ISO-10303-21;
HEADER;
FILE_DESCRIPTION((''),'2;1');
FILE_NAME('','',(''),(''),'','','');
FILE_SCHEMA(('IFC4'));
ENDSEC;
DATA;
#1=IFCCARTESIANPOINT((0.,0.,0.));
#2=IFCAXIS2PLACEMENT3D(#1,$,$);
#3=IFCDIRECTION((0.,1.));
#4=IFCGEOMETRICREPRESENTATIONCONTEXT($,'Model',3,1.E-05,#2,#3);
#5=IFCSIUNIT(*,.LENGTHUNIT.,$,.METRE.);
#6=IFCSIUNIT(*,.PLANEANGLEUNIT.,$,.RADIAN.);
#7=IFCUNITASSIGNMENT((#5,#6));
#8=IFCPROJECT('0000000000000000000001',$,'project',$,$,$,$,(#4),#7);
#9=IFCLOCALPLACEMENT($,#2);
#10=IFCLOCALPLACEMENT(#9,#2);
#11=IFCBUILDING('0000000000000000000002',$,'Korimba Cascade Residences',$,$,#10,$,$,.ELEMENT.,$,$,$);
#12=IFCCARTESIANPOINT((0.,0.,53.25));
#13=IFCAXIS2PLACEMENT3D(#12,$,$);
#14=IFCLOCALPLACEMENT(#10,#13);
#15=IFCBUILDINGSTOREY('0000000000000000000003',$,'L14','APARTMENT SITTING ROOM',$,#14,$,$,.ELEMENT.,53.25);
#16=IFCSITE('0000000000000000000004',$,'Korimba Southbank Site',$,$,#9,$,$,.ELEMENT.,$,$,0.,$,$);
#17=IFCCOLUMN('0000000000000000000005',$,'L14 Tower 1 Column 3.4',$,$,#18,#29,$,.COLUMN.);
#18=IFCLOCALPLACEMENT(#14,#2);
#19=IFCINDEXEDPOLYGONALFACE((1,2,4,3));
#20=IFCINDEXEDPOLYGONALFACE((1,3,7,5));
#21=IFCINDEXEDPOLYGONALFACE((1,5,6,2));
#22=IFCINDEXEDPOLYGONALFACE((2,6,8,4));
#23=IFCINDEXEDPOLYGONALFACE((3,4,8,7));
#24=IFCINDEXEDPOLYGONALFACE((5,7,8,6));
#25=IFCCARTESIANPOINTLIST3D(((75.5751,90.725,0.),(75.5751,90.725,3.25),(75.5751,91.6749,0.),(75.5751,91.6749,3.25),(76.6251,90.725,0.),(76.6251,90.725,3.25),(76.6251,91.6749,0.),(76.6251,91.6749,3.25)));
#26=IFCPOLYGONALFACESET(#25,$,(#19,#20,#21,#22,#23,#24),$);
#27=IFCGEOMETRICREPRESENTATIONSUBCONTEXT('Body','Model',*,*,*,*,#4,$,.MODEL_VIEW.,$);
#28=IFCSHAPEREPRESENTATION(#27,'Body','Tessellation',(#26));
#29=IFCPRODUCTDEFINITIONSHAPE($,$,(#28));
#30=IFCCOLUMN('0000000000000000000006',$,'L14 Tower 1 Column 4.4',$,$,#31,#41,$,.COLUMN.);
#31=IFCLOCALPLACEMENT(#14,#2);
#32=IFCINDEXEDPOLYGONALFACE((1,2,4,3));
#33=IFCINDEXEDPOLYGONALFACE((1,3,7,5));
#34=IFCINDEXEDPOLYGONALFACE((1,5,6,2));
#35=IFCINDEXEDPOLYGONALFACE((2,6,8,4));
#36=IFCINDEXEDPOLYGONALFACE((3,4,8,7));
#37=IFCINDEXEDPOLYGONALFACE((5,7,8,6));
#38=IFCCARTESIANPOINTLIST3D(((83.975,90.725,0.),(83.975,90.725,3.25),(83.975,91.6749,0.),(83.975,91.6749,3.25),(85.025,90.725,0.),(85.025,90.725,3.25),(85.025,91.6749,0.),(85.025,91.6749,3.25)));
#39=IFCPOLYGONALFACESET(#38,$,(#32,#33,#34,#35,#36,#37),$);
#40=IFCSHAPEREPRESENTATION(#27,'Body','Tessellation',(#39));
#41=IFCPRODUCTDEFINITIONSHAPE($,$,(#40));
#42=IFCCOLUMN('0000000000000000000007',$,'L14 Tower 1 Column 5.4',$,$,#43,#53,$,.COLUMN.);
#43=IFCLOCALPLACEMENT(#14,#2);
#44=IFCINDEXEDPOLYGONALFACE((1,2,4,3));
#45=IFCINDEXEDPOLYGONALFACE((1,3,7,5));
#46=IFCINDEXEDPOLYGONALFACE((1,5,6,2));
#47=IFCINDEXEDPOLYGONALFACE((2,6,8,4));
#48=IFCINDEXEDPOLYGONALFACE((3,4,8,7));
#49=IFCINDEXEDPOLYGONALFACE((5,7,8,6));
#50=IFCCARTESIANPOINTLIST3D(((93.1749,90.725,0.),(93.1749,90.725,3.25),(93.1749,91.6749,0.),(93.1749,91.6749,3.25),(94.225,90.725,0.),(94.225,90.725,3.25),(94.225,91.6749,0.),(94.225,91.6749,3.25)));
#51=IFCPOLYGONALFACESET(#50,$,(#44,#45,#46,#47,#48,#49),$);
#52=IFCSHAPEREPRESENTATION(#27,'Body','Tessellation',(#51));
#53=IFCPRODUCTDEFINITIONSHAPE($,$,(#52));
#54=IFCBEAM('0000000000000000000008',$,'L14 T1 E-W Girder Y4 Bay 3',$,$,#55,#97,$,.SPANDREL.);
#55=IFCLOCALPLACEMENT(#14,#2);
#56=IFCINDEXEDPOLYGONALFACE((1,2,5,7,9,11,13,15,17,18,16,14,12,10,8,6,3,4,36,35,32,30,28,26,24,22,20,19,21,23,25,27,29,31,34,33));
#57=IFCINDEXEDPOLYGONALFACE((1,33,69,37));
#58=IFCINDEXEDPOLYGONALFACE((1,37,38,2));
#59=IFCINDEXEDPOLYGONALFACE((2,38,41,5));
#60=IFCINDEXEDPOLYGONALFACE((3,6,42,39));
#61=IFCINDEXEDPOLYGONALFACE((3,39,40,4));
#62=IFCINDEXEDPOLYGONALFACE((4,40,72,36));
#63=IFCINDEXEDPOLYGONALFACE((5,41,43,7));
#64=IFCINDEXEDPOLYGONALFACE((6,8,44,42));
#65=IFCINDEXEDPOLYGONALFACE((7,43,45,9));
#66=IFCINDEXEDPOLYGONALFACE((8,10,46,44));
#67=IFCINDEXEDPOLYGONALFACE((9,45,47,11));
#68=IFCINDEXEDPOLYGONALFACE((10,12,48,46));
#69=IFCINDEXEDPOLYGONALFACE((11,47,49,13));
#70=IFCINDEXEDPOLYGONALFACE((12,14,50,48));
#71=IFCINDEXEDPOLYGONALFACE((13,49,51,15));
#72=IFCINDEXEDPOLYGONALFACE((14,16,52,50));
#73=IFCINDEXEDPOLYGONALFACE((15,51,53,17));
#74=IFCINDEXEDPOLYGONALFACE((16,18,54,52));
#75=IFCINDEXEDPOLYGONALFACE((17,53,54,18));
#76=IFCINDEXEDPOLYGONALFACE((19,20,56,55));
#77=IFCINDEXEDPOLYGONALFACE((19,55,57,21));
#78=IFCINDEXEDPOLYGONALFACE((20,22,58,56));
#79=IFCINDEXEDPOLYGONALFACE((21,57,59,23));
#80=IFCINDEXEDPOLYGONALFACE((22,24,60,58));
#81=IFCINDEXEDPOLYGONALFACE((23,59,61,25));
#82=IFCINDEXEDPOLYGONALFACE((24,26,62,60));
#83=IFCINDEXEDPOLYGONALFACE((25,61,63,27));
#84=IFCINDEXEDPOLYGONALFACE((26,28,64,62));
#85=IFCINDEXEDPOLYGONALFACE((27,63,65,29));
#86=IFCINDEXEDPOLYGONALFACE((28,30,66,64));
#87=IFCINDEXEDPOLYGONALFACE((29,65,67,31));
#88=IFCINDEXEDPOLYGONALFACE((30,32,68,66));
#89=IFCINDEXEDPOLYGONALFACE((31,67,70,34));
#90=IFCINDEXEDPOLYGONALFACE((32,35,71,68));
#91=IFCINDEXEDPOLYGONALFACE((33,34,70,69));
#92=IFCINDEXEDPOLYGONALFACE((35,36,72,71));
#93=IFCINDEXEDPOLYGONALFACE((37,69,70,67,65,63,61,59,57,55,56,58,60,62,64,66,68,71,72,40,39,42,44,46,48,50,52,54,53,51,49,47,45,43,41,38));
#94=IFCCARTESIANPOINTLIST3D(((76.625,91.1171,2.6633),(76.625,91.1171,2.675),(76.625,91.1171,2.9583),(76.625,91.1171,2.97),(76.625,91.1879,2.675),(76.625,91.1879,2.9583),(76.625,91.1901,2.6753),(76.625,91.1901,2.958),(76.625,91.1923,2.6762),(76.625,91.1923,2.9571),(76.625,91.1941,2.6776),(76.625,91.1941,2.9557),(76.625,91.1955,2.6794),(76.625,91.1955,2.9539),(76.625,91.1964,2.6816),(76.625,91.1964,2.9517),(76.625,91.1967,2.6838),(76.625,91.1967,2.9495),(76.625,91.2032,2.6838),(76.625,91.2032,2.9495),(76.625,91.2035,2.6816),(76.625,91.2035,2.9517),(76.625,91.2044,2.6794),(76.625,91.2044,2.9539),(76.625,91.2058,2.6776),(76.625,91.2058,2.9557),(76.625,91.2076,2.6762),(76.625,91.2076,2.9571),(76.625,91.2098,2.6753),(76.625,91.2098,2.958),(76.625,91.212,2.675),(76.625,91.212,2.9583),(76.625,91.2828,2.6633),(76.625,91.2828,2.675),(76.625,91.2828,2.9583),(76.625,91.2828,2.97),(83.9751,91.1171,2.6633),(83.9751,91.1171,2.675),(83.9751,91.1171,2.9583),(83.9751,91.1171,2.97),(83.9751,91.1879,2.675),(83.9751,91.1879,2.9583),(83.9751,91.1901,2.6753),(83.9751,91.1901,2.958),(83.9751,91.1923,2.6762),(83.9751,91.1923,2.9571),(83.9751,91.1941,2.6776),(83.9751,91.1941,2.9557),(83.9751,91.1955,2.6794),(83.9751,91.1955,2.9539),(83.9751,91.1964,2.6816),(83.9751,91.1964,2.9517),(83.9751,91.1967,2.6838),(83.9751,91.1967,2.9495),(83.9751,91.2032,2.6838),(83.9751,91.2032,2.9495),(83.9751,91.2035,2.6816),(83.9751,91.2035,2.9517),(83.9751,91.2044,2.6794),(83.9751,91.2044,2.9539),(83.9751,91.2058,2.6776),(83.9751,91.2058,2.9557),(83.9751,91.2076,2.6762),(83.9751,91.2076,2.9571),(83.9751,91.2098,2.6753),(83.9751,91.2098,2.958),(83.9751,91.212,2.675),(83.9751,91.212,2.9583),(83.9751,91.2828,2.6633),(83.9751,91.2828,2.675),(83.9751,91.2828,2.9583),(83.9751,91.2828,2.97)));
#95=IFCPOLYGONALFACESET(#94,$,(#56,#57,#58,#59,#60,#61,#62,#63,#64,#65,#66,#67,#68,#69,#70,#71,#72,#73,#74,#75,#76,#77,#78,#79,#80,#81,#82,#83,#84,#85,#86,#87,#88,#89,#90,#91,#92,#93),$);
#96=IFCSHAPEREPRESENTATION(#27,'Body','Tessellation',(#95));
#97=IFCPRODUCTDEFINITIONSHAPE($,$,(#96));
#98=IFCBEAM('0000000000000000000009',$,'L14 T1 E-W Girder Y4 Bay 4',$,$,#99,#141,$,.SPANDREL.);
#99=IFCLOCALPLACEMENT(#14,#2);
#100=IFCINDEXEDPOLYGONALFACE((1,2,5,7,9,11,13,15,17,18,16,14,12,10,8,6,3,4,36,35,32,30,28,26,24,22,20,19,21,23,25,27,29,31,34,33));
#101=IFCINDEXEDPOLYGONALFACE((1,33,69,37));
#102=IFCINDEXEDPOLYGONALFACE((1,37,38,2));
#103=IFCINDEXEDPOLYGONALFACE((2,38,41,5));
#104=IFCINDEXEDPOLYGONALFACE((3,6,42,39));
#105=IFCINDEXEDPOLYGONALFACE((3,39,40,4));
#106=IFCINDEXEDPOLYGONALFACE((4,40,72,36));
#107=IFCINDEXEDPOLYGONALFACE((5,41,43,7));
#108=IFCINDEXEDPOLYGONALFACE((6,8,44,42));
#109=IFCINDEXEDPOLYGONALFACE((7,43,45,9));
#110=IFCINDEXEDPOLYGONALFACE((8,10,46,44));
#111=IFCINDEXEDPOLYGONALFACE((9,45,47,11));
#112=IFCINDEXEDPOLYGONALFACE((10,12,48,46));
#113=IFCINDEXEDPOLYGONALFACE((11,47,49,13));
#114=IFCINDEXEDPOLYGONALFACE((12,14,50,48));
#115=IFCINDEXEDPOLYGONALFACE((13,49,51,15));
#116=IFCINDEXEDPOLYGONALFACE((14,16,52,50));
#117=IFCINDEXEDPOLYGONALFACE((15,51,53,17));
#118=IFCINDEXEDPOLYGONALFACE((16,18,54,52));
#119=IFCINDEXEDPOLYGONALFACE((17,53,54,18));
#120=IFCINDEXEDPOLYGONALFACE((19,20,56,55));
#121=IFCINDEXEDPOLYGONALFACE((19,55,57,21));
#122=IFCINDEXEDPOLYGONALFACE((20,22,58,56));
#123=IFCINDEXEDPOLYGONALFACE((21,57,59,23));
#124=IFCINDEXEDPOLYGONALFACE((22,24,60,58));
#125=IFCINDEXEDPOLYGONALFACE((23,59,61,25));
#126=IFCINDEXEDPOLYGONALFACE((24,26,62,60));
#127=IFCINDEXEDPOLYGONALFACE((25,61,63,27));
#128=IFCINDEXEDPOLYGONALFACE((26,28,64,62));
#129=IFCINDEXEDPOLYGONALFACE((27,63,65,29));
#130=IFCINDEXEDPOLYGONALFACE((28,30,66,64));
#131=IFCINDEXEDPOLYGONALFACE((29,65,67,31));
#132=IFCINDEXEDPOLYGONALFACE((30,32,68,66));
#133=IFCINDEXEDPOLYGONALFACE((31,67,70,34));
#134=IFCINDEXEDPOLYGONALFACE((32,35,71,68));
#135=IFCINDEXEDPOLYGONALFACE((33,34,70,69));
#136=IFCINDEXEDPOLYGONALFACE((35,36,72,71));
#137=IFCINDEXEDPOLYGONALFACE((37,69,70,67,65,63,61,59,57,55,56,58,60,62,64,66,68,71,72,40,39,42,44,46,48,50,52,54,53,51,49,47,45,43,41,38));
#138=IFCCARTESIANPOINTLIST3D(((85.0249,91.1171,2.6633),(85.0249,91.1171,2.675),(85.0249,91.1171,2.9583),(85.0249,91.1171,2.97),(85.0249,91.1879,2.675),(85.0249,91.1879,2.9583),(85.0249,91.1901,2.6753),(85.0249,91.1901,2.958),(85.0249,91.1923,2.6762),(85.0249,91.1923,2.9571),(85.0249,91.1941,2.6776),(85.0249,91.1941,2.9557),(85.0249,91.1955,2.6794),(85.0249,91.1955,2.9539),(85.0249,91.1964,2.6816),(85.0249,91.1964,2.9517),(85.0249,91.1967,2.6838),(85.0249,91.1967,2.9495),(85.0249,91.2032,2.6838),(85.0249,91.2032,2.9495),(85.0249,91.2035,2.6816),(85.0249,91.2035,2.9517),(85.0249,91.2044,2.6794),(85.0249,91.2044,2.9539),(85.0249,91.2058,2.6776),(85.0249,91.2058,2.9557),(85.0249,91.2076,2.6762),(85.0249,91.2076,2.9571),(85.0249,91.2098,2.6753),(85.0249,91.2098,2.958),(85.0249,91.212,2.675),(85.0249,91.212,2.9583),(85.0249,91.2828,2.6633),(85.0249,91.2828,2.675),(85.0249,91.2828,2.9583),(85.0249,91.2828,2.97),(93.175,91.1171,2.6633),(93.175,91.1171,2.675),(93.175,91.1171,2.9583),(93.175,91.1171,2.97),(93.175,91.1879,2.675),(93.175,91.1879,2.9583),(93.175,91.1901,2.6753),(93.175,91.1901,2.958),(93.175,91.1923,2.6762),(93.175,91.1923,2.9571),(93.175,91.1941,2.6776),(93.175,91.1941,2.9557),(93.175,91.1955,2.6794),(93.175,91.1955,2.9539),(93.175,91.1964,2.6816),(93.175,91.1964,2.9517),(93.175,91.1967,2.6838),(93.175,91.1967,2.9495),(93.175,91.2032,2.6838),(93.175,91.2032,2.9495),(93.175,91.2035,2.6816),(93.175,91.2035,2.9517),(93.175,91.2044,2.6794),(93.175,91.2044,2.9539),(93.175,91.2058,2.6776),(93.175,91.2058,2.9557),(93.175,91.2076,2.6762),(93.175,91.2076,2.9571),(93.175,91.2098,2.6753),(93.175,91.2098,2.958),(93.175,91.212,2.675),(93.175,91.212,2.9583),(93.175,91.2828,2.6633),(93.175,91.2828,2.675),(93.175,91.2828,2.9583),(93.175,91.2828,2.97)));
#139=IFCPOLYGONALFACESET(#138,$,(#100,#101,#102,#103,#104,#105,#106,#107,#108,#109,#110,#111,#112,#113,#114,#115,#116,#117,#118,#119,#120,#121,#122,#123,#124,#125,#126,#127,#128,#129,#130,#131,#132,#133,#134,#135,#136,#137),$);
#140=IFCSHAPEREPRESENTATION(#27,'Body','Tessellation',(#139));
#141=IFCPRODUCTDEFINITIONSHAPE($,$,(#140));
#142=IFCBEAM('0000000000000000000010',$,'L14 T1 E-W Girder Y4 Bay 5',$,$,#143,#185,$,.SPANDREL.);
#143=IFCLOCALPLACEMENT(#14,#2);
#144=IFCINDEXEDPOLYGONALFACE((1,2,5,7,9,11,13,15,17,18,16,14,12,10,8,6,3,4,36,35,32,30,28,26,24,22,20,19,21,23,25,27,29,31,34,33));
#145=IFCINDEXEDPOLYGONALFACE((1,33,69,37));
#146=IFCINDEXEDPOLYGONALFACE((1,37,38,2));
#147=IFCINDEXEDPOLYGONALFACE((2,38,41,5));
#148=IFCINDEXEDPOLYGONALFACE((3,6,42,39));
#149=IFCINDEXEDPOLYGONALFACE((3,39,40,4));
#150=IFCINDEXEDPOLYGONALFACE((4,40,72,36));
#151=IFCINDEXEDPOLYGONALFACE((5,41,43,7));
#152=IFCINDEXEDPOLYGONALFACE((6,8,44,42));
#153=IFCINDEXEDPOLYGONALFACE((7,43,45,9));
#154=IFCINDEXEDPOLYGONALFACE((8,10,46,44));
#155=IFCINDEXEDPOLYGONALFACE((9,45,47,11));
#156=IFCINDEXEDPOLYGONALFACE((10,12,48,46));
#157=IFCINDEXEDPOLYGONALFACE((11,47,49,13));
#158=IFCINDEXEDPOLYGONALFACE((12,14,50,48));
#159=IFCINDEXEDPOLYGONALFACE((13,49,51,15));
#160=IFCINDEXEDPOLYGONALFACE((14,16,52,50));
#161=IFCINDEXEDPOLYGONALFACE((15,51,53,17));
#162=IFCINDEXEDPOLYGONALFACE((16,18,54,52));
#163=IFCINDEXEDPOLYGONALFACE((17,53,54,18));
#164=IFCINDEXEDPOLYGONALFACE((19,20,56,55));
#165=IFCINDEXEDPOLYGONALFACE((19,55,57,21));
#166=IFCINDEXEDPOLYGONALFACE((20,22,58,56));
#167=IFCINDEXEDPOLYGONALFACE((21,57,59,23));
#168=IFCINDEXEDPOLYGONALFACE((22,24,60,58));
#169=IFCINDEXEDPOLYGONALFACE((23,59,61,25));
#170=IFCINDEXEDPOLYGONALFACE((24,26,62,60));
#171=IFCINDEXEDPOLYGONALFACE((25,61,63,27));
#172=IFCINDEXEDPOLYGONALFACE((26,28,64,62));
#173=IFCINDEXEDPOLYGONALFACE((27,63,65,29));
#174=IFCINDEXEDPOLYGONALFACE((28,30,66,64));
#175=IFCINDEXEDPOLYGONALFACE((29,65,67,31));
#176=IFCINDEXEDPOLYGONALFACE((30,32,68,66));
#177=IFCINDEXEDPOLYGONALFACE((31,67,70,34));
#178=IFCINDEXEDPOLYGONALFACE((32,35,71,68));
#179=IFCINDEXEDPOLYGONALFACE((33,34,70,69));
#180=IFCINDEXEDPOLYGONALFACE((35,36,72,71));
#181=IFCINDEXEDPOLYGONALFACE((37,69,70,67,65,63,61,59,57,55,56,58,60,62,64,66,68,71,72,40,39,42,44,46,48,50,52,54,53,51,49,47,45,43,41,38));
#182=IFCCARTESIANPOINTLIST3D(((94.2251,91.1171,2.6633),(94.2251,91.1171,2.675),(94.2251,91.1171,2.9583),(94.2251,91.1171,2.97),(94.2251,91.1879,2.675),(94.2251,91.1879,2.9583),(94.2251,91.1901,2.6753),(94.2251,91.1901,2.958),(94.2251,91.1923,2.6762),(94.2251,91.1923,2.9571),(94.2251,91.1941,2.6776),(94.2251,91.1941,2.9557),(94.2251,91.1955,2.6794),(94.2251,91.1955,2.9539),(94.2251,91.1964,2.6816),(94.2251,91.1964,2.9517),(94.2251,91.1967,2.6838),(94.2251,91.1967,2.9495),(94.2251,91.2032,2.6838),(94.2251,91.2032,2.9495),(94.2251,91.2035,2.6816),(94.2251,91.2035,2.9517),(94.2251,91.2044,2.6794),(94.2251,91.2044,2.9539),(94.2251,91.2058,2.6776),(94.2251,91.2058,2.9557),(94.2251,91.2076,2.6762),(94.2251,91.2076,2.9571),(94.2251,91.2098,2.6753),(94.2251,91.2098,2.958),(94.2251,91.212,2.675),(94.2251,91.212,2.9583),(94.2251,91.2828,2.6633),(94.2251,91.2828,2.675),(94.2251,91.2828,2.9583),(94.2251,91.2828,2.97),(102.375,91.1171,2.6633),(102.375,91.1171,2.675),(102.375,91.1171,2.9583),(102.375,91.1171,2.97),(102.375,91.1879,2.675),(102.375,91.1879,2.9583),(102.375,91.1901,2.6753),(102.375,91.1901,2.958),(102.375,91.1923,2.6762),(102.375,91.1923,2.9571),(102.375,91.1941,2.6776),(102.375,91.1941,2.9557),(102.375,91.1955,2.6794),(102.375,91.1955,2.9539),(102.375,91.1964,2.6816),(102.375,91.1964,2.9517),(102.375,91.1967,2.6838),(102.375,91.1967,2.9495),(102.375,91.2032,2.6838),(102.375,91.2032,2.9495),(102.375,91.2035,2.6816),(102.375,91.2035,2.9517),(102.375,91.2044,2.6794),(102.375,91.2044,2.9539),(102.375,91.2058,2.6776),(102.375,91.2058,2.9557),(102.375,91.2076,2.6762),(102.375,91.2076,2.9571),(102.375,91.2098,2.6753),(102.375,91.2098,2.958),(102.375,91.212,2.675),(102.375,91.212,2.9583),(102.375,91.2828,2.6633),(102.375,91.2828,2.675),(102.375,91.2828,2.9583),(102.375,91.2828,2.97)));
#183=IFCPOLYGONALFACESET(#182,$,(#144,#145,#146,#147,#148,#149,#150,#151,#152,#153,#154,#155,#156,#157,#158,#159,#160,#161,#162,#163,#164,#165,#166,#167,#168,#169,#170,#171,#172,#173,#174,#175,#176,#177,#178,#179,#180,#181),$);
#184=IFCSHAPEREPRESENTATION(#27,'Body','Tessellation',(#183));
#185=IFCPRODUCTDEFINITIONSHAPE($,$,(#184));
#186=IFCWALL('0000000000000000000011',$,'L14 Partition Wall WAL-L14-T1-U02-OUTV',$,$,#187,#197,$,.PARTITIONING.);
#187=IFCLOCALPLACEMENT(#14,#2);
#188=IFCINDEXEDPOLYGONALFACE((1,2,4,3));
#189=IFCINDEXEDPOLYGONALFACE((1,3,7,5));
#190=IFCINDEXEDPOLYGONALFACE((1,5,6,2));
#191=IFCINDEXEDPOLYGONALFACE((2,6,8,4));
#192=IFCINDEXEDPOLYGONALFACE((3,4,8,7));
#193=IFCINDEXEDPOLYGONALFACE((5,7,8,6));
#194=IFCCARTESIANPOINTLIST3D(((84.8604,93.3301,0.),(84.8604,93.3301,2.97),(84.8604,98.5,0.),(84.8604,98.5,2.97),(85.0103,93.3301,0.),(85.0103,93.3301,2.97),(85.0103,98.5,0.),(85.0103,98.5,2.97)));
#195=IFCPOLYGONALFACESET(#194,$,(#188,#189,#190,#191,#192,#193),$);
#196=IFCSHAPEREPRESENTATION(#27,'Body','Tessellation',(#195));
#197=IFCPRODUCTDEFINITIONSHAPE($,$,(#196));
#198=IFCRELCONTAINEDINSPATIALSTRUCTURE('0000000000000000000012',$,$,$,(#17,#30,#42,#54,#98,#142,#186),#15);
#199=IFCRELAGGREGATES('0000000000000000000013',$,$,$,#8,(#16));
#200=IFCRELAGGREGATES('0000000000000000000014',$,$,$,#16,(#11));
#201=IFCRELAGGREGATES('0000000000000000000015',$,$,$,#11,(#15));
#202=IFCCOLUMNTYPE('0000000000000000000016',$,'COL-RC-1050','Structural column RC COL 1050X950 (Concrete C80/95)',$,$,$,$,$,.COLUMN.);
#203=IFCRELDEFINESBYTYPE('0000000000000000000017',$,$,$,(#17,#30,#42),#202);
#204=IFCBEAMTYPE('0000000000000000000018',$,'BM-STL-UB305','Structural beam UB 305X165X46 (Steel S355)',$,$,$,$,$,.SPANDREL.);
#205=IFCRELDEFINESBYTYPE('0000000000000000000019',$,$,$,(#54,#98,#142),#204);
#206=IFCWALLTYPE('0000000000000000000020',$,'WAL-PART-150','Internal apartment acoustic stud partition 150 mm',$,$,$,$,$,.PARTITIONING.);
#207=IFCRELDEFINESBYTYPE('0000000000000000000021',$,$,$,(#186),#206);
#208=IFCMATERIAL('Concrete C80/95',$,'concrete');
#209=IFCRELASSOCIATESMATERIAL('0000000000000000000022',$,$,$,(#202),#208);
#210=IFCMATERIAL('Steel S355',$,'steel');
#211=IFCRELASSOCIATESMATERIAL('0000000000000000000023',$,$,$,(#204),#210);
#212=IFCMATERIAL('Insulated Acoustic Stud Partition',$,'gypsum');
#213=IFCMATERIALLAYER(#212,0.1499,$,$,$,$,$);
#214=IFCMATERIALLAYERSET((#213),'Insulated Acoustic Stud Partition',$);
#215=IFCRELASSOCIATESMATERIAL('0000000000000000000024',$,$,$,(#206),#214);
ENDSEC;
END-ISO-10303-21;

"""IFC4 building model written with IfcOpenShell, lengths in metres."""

from ifc_helpers import new_model, si_unit, direction, frame, frame_2d, origin, origin_2d, place, context, subcontext, project, spatial, rectangle, i_section, extrude, material, layer, layer_set, material_profile, profile_set, type_object, element, save


model = new_model("IFC4")

# Units and contexts
model_context = context("Model", 3, precision=1e-05, world=origin(), true_north=direction((0.0, 1.0)))
body_context = subcontext(model_context, "Body", "Model", "MODEL_VIEW")
ifc_project = project(units=[si_unit("LENGTHUNIT", "METRE"), si_unit("PLANEANGLEUNIT", "RADIAN")], contexts=[model_context])

# Site, building, storey
site_placement = place(None, origin())
site = spatial("IfcSite", under=ifc_project, at=site_placement, Name="Korimba Southbank Site", CompositionType="ELEMENT", RefElevation=0.0)
building_placement = place(site_placement, origin())
building = spatial("IfcBuilding", under=site, at=building_placement, Name="Korimba Cascade Residences", CompositionType="ELEMENT")
storey_placement = place(building_placement, frame((0.0, 0.0, 53.25)))
storey = spatial("IfcBuildingStorey", under=building, at=storey_placement, Name="L14", Description="APARTMENT SITTING ROOM", CompositionType="ELEMENT", Elevation=53.25)

# Columns
ifc_material_1 = material(Name="Concrete C80/95", Category="concrete")
ifc_material_profile_1 = material_profile(ifc_material_1, rectangle(XDim=1.05, YDim=0.95, at=origin_2d()), Name="Concrete C80/95")
ifc_profile_set_1 = profile_set([ifc_material_profile_1], Name="Concrete C80/95")
column_type = type_object("IfcColumnType", Name="COL-RC-1050", Description="Structural column RC COL 1050X950 (Concrete C80/95)", PredefinedType="COLUMN", material=ifc_profile_set_1)
for number, where, z_axis, x_axis, name in (
    (1, (76.1001, 91.2, 0.0), (0.0, 0.0, 1.0), (1.0, 0.0, 0.0), "L14 Tower 1 Column 3.4"),
    (2, (84.5, 91.2, 0.0), (0.0, 0.0, 1.0), (1.0, 0.0, 0.0), "L14 Tower 1 Column 4.4"),
    (3, (93.7, 91.2, 0.0), (0.0, 0.0, 1.0), (1.0, 0.0, 0.0), "L14 Tower 1 Column 5.4"),
):
    element("IfcColumn", number, at=place(storey_placement, frame(where, z_axis=z_axis, x_axis=x_axis)), inside=storey, type_object=column_type, Name=name, PredefinedType="COLUMN", context=body_context, shape_type="SweptSolid", body=[
        extrude(rectangle(XDim=1.05, YDim=0.95, at=origin_2d()), origin(), (0.0, 0.0, 1.0), 3.25),
    ])

# Beams
ifc_material_2 = material(Name="Steel S355", Category="steel")
ifc_material_profile_2 = material_profile(ifc_material_2, i_section(OverallWidth=0.1658, OverallDepth=0.3066, WebThickness=0.0066, FlangeThickness=0.0117, FilletRadius=0.0088, at=origin_2d()), Name="Steel S355")
ifc_profile_set_2 = profile_set([ifc_material_profile_2], Name="Steel S355")
beam_type = type_object("IfcBeamType", Name="BM-STL-UB305", Description="Structural beam UB 305X165X46 (Steel S355)", PredefinedType="SPANDREL", material=ifc_profile_set_2)
beam_1_placement = place(storey_placement, frame((76.625, 91.2, 2.8167), z_axis=(1.0, 0.0, 0.0), x_axis=(0.0, 1.0, 0.0)))
element("IfcBeam", 4, at=beam_1_placement, inside=storey, type_object=beam_type, Name="L14 T1 E-W Girder Y4 Bay 3", PredefinedType="SPANDREL", context=body_context, shape_type="SweptSolid", body=[
    extrude(i_section(OverallWidth=0.1658, OverallDepth=0.3066, WebThickness=0.0066, FlangeThickness=0.0117, FilletRadius=0.0088, at=origin_2d()), origin(), (0.0, 0.0, 1.0), 7.3501),
])
beam_2_placement = place(storey_placement, frame((85.0249, 91.2, 2.8167), z_axis=(1.0, 0.0, 0.0), x_axis=(0.0, 1.0, 0.0)))
element("IfcBeam", 5, at=beam_2_placement, inside=storey, type_object=beam_type, Name="L14 T1 E-W Girder Y4 Bay 4", PredefinedType="SPANDREL", context=body_context, shape_type="SweptSolid", body=[
    extrude(i_section(OverallWidth=0.1658, OverallDepth=0.3066, WebThickness=0.0066, FlangeThickness=0.0117, FilletRadius=0.0088, at=origin_2d()), origin(), (0.0, 0.0, 1.0), 8.1501),
])
beam_3_placement = place(storey_placement, frame((94.2251, 91.2, 2.8167), z_axis=(1.0, 0.0, 0.0), x_axis=(0.0, 1.0, 0.0)))
element("IfcBeam", 6, at=beam_3_placement, inside=storey, type_object=beam_type, Name="L14 T1 E-W Girder Y4 Bay 5", PredefinedType="SPANDREL", context=body_context, shape_type="SweptSolid", body=[
    extrude(i_section(OverallWidth=0.1658, OverallDepth=0.3066, WebThickness=0.0066, FlangeThickness=0.0117, FilletRadius=0.0088, at=origin_2d()), origin(), (0.0, 0.0, 1.0), 8.1499),
])

# Wall
ifc_material_3 = material(Name="Insulated Acoustic Stud Partition", Category="gypsum")
ifc_layer = layer(ifc_material_3, 0.1499)
ifc_layer_set = layer_set([ifc_layer], Name="Insulated Acoustic Stud Partition")
wall_type = type_object("IfcWallType", Name="WAL-PART-150", Description="Internal apartment acoustic stud partition 150 mm", PredefinedType="PARTITIONING", material=ifc_layer_set)
wall_1_placement = place(storey_placement, frame((84.9353, 93.3301, 0.0), z_axis=(0.0, 0.0, 1.0), x_axis=(0.0, 1.0, 0.0)))
element("IfcWall", 7, at=wall_1_placement, inside=storey, type_object=wall_type, Name="L14 Partition Wall WAL-L14-T1-U02-OUTV", PredefinedType="PARTITIONING", context=body_context, shape_type="SweptSolid", body=[
    extrude(rectangle(XDim=5.1699, YDim=0.1499, at=frame_2d((2.585, 0.0))), origin(), (0.0, 0.0, 1.0), 2.97),
])

save(model, "model.ifc")
